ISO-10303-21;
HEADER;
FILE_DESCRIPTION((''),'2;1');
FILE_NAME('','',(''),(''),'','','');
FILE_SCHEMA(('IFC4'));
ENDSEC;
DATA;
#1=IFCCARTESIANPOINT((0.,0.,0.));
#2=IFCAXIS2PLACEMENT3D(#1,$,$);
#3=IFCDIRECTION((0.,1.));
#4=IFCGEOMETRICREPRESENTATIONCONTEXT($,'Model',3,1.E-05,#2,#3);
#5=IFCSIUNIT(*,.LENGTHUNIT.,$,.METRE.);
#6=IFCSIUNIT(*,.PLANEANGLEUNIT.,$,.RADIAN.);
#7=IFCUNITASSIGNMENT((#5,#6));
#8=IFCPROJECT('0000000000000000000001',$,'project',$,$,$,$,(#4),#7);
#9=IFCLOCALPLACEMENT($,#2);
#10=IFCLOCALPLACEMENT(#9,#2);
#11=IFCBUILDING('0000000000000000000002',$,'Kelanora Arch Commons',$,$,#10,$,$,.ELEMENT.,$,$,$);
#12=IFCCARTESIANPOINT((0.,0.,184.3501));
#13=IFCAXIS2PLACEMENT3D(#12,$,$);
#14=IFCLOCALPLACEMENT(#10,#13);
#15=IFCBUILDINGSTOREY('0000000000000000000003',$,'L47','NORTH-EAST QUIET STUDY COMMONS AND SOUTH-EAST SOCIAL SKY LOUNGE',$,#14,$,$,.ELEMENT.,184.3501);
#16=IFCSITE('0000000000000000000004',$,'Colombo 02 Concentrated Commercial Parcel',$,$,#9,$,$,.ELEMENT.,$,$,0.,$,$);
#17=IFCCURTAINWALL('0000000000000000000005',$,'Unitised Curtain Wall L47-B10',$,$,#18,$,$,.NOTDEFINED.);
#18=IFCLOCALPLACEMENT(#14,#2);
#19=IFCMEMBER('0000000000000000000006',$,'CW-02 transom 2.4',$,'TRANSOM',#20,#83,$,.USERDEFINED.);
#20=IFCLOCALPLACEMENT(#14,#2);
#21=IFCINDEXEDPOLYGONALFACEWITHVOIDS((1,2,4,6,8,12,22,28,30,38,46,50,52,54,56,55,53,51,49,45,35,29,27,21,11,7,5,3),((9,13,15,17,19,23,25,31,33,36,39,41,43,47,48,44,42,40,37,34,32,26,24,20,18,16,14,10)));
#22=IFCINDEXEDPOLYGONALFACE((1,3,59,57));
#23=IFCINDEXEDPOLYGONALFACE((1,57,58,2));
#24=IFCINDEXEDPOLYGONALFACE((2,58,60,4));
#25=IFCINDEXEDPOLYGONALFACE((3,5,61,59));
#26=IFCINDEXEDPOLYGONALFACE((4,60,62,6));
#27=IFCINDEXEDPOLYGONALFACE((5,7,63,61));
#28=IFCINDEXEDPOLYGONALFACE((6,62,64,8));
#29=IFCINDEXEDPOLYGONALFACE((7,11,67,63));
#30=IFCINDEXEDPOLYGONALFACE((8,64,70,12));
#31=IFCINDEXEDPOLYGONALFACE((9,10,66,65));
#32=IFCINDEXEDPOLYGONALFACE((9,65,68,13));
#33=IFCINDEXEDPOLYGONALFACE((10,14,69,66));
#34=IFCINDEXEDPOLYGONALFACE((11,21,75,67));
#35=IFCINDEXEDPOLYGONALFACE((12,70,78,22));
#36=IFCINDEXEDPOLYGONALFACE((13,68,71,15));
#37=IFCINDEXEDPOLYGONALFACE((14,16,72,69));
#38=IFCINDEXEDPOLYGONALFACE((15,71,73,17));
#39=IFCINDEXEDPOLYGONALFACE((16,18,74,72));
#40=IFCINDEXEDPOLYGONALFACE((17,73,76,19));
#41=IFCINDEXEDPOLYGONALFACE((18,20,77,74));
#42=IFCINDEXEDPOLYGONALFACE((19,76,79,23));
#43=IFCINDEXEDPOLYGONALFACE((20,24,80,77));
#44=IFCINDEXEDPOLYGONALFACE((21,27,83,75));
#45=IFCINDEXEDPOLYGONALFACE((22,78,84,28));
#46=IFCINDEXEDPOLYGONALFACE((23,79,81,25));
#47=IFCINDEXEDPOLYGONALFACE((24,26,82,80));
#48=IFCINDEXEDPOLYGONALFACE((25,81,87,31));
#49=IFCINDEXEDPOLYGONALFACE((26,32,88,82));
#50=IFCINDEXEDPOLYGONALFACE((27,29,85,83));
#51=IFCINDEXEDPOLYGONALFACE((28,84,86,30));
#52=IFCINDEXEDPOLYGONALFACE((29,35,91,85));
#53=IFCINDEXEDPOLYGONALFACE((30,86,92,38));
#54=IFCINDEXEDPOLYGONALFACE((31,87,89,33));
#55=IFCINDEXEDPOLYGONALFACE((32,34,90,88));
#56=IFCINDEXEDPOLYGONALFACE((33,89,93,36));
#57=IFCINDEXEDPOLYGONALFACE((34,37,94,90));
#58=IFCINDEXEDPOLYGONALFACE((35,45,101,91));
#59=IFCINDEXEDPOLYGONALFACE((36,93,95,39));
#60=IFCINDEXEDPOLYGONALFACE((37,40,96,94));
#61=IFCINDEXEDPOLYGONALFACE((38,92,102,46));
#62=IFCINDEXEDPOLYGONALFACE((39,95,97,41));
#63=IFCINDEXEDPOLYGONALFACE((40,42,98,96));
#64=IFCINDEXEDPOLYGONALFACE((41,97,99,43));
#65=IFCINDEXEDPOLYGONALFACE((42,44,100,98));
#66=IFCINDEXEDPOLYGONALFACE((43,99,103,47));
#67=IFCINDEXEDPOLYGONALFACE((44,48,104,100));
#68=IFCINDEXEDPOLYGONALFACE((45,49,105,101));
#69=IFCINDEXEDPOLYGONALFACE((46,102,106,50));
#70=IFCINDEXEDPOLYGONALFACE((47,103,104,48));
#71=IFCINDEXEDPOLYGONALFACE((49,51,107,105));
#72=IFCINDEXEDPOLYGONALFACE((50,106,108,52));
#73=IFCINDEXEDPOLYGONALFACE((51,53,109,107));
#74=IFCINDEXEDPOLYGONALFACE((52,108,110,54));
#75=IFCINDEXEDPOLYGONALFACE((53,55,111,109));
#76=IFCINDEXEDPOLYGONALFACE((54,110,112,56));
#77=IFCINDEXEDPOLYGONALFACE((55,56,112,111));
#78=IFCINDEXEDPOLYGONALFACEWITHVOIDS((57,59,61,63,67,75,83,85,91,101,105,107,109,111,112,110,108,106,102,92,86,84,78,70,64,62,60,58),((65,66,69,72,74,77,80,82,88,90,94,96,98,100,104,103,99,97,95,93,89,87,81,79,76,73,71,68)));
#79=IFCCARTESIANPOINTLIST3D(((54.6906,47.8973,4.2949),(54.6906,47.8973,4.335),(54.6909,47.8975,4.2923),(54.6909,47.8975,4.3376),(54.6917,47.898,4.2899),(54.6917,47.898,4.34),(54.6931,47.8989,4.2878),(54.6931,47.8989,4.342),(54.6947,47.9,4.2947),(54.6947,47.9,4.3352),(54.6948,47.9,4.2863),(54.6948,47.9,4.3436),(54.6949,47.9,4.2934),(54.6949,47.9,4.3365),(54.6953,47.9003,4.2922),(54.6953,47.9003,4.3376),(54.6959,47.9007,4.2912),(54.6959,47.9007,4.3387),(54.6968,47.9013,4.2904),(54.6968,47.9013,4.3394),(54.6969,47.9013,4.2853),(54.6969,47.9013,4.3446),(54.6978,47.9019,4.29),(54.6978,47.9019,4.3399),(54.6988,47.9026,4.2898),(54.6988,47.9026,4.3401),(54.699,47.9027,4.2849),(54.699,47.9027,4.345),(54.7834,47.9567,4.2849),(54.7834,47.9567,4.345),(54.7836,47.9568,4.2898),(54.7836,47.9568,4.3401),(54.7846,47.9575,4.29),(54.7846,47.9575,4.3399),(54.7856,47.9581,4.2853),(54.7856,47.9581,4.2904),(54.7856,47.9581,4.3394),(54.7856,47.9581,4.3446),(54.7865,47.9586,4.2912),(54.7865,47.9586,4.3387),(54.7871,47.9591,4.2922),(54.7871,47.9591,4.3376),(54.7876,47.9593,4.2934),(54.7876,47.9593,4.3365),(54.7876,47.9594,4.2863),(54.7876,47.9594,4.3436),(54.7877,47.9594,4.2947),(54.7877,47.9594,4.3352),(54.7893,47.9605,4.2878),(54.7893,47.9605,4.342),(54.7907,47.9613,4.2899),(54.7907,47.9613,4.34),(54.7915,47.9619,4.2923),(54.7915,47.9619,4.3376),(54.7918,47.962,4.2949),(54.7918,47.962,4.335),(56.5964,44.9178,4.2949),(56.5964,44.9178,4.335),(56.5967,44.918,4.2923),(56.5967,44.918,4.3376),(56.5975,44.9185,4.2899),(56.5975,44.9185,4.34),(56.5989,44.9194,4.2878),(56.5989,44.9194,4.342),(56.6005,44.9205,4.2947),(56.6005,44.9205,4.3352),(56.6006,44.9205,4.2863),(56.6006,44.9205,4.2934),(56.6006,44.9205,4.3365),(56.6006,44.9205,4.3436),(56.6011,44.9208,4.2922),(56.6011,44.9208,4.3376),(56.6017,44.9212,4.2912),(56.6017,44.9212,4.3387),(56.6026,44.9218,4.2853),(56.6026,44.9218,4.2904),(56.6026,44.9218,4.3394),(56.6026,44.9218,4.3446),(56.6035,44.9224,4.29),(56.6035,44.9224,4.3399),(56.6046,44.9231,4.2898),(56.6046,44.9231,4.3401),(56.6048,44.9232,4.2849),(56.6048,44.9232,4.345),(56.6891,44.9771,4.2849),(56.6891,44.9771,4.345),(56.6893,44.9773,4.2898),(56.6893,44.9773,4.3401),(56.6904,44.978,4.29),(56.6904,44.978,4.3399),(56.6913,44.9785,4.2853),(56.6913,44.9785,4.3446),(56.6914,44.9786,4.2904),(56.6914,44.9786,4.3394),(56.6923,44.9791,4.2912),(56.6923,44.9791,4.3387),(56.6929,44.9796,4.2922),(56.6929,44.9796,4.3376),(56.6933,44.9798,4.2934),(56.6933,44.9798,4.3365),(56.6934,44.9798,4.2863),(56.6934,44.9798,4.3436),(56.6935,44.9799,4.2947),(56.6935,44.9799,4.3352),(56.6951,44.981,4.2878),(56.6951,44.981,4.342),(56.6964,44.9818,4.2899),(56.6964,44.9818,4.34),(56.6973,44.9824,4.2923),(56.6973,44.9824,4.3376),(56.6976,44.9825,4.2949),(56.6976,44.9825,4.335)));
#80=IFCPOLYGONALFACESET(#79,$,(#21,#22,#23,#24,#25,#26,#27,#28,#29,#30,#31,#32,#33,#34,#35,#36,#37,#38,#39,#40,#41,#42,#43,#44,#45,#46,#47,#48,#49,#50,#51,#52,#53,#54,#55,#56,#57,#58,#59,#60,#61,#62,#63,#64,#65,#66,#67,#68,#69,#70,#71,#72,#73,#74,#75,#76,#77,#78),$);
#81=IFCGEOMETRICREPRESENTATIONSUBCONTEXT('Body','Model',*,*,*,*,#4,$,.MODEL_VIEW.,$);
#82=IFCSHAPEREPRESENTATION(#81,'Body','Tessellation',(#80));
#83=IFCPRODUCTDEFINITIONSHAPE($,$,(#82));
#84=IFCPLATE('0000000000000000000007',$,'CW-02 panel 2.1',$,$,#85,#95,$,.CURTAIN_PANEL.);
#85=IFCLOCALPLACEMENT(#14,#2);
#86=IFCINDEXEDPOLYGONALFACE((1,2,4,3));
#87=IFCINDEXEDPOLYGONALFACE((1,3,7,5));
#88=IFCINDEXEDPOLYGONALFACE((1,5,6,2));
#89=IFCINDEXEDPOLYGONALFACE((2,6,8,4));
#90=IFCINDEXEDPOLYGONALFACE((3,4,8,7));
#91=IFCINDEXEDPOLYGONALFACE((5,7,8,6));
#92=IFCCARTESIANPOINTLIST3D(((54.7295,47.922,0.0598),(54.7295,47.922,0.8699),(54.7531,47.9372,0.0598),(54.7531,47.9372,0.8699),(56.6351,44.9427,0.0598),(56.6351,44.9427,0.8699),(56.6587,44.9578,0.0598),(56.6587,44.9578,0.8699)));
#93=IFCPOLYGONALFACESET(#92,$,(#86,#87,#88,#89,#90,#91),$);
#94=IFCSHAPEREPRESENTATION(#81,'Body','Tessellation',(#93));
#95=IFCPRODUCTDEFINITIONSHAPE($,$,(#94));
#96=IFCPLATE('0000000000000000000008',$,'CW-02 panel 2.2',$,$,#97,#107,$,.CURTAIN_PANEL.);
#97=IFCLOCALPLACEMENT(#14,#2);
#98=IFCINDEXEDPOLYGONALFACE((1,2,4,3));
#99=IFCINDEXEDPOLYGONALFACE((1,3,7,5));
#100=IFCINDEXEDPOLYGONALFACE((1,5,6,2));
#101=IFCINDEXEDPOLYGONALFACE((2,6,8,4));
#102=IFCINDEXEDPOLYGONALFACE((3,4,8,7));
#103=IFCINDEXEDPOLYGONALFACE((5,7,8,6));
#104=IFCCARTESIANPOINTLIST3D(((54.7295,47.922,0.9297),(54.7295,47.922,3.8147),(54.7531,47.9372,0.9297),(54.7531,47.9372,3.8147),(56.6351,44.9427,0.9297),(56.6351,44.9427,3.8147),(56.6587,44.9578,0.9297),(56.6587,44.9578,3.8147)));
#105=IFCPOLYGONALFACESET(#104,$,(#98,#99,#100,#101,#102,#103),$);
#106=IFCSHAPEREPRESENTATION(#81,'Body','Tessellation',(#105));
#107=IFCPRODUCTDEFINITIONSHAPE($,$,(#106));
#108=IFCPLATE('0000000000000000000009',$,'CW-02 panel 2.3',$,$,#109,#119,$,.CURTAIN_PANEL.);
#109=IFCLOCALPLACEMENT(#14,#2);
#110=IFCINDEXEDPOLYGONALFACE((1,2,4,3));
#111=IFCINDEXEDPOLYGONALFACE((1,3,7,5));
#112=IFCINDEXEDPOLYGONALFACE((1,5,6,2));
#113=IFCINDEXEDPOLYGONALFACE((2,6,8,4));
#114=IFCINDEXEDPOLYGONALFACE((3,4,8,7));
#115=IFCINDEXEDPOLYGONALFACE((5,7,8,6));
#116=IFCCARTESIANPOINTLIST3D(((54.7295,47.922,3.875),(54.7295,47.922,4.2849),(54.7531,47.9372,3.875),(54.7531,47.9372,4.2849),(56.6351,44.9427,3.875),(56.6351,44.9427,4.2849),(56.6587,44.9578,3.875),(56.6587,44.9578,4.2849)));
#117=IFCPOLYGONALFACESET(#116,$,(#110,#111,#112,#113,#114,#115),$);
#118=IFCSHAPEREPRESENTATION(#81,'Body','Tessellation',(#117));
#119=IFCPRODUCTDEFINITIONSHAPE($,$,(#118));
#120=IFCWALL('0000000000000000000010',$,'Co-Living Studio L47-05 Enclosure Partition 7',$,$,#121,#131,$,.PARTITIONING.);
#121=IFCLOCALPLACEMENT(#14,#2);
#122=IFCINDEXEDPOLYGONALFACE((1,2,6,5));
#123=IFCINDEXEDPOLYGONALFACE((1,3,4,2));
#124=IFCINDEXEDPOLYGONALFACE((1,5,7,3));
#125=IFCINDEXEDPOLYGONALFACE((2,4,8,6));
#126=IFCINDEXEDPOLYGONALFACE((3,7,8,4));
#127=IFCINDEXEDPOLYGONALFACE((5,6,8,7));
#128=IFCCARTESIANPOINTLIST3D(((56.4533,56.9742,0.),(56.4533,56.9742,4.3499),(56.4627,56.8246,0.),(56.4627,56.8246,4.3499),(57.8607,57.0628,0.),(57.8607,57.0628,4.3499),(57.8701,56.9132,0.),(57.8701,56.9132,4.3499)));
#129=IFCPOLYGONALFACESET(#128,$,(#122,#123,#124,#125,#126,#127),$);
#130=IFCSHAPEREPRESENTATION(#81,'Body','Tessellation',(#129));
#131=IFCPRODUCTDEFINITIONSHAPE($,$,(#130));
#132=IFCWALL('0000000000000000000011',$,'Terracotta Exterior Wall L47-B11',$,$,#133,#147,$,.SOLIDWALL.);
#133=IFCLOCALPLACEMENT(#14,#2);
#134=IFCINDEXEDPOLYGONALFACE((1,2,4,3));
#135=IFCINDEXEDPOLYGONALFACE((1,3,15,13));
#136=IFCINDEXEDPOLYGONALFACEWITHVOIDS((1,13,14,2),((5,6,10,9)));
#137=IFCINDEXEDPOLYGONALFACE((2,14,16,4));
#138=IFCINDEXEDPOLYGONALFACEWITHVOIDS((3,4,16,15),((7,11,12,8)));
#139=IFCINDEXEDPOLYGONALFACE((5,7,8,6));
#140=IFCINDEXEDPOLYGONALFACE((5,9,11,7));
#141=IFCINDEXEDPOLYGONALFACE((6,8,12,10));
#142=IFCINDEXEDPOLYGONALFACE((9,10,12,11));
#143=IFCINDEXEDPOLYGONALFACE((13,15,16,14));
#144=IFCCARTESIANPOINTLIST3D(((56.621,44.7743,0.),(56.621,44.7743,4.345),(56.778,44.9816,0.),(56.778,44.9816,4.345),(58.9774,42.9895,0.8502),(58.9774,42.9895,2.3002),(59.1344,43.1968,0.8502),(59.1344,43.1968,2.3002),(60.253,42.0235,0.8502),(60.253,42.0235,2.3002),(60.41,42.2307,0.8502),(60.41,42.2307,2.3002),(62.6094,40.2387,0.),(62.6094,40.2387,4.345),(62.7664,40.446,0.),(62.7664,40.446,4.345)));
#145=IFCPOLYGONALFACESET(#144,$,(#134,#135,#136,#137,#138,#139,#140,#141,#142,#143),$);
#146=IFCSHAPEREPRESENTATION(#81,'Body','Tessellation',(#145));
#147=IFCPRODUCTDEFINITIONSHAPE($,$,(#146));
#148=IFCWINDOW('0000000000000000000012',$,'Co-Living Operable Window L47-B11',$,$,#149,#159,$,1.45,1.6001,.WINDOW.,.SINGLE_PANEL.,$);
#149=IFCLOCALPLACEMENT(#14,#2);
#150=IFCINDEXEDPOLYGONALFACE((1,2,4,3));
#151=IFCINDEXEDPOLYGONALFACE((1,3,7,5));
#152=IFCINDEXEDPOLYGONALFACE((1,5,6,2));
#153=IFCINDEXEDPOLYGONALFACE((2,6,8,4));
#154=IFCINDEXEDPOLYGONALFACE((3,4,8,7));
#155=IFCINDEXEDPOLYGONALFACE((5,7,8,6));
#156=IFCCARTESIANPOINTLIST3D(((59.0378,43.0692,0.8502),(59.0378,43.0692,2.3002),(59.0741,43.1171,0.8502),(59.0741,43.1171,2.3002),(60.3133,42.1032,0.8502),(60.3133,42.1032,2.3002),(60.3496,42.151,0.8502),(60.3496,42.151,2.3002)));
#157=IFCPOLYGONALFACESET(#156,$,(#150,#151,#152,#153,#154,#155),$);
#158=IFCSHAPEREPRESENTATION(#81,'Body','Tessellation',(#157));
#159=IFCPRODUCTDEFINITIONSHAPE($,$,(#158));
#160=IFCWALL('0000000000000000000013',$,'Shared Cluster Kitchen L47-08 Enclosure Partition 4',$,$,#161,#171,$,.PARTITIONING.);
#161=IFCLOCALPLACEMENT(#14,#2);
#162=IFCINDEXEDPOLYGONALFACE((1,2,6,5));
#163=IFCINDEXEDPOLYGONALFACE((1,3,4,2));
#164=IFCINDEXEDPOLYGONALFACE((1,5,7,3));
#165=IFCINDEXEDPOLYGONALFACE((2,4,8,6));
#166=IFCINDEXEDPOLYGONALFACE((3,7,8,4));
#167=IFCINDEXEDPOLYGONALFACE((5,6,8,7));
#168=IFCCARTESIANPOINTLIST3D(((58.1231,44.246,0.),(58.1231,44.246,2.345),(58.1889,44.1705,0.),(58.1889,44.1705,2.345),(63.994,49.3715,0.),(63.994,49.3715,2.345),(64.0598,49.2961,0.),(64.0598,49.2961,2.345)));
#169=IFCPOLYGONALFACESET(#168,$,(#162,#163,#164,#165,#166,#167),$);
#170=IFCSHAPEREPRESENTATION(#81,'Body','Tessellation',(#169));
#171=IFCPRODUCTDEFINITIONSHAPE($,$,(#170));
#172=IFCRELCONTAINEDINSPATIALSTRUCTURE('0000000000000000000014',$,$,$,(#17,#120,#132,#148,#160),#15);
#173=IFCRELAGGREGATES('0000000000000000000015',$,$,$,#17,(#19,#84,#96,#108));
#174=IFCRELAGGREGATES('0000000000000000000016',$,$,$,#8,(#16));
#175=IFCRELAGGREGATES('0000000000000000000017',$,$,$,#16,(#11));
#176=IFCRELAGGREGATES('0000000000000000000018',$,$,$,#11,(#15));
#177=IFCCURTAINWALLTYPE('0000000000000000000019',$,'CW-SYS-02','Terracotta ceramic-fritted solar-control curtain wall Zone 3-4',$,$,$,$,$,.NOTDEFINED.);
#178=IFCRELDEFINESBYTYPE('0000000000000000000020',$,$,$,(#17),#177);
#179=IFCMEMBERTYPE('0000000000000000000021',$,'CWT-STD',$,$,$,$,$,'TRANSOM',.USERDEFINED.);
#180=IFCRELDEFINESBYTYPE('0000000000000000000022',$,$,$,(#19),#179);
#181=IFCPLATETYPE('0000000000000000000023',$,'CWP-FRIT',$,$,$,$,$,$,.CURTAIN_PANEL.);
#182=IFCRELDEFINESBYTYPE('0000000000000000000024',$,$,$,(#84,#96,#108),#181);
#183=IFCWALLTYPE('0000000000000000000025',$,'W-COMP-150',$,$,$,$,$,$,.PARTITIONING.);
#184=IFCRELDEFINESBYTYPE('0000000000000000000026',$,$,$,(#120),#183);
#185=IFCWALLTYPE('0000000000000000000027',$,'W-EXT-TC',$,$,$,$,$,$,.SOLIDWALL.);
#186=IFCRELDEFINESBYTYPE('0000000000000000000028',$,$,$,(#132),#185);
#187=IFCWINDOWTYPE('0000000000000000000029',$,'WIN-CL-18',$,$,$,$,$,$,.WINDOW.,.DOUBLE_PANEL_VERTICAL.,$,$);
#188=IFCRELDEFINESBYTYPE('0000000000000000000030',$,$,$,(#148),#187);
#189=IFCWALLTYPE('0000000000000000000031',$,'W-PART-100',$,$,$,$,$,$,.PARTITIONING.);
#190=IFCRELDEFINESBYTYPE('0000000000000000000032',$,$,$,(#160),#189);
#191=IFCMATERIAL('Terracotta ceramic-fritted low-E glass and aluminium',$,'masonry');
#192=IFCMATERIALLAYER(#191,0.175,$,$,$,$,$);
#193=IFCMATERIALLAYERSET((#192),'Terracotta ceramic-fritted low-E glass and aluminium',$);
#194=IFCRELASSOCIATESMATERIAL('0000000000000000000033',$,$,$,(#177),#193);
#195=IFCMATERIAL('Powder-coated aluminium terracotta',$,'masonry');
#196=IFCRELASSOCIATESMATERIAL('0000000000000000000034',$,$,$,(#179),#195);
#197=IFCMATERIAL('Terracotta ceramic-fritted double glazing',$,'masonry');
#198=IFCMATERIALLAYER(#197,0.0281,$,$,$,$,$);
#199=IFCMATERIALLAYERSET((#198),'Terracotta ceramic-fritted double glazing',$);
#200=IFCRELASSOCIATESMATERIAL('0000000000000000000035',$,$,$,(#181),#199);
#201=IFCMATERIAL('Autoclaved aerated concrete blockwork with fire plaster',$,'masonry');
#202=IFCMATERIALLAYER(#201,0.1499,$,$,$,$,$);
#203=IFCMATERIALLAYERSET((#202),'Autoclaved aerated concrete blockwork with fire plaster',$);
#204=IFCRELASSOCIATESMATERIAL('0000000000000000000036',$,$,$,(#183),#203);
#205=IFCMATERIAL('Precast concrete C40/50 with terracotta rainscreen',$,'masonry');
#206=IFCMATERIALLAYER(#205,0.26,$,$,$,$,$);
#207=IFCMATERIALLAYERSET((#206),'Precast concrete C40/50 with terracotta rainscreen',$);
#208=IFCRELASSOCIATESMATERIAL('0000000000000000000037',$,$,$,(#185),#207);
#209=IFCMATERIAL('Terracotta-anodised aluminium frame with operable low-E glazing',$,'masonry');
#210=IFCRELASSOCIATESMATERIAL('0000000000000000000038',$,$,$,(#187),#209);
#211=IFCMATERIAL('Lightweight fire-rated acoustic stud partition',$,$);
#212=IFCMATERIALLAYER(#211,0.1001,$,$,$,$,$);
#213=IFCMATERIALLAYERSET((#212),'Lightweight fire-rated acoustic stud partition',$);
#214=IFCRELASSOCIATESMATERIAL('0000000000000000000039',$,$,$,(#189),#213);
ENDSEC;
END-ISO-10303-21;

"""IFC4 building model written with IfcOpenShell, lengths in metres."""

from ifc_helpers import new_model, si_unit, direction, frame, frame_2d, origin, origin_2d, place, context, subcontext, project, spatial, rectangle, hollow_rectangle, extrude, source, transform, mapped, material, layer, layer_set, material_profile, profile_set, type_object, element, fill, aggregate, save


model = new_model("IFC4")

# Units and contexts
model_context = context("Model", 3, precision=1e-05, world=origin(), true_north=direction((0.0, 1.0)))
body_context = subcontext(model_context, "Body", "Model", "MODEL_VIEW")
ifc_project = project(units=[si_unit("LENGTHUNIT", "METRE"), si_unit("PLANEANGLEUNIT", "RADIAN")], contexts=[model_context])

# Site, building, storey
site_placement = place(None, origin())
site = spatial("IfcSite", under=ifc_project, at=site_placement, Name="Colombo 02 Concentrated Commercial Parcel", CompositionType="ELEMENT", RefElevation=0.0)
building_placement = place(site_placement, origin())
building = spatial("IfcBuilding", under=site, at=building_placement, Name="Kelanora Arch Commons", CompositionType="ELEMENT")
storey_placement = place(building_placement, frame((0.0, 0.0, 184.3501)))
storey = spatial("IfcBuildingStorey", under=building, at=storey_placement, Name="L47", Description="NORTH-EAST QUIET STUDY COMMONS AND SOUTH-EAST SOCIAL SKY LOUNGE", CompositionType="ELEMENT", Elevation=184.3501)

# Curtain wall, member, plates
ifc_material_1 = material(Name="Terracotta ceramic-fritted low-E glass and aluminium", Category="masonry")
ifc_layer_1 = layer(ifc_material_1, 0.175)
ifc_layer_set_1 = layer_set([ifc_layer_1], Name="Terracotta ceramic-fritted low-E glass and aluminium")
curtain_wall_type = type_object("IfcCurtainWallType", Name="CW-SYS-02", Description="Terracotta ceramic-fritted solar-control curtain wall Zone 3-4", PredefinedType="NOTDEFINED", material=ifc_layer_set_1)
curtain_wall_placement = place(storey_placement, origin())
curtain_wall = element("IfcCurtainWall", 1, at=curtain_wall_placement, inside=storey, type_object=curtain_wall_type, Name="Unitised Curtain Wall L47-B10", PredefinedType="NOTDEFINED")
ifc_material_2 = material(Name="Powder-coated aluminium terracotta", Category="masonry")
ifc_material_profile_1 = material_profile(ifc_material_2, hollow_rectangle(XDim=0.1201, YDim=0.0601, WallThickness=0.0049, InnerFilletRadius=0.0049, OuterFilletRadius=0.01, at=origin_2d()), Name="CWT120x60")
ifc_profile_set_1 = profile_set([ifc_material_profile_1], Name="Powder-coated aluminium terracotta")
member_type_1 = type_object("IfcMemberType", Name="CWT-STD", ElementType="TRANSOM", PredefinedType="USERDEFINED", material=ifc_profile_set_1)
member_1_placement = place(storey_placement, frame((54.7412, 47.9297, 4.3149), z_axis=(0.53883, -0.842414, 0.0), x_axis=(0.842414, 0.53883, 0.0)))
member_1 = element("IfcMember", 2, at=member_1_placement, type_object=member_type_1, Name="CW-02 transom 2.4", ObjectType="TRANSOM", PredefinedType="USERDEFINED", context=body_context, shape_type="SweptSolid", body=[
    extrude(hollow_rectangle(XDim=0.1201, YDim=0.0601, WallThickness=0.0049, InnerFilletRadius=0.0049, OuterFilletRadius=0.01, at=origin_2d()), origin(), (0.0, 0.0, 1.0), 3.5369),
])
ifc_material_3 = material(Name="Terracotta ceramic-fritted double glazing", Category="masonry")
ifc_layer_2 = layer(ifc_material_3, 0.0281)
ifc_layer_set_2 = layer_set([ifc_layer_2], Name="Terracotta ceramic-fritted double glazing")
plate_type = type_object("IfcPlateType", Name="CWP-FRIT", PredefinedType="CURTAIN_PANEL", material=ifc_layer_set_2)
shared_shape_1 = source(origin(), body_context, "Body", "SweptSolid", [
    extrude(rectangle(XDim=3.5366, YDim=0.0281, at=origin_2d()), origin(), (0.0, 0.0, 1.0), 0.8101),
])
plate_1_placement = place(storey_placement, frame((55.6941, 46.4399, 0.0598), z_axis=(0.0, 0.0, 1.0), x_axis=(0.538817, -0.842423, 0.0)))
plate_1 = element("IfcPlate", 3, at=plate_1_placement, type_object=plate_type, Name="CW-02 panel 2.1", PredefinedType="CURTAIN_PANEL", context=body_context, shape_type="MappedRepresentation", body=[
    mapped(shared_shape_1, transform((0.0, 0.0, 0.0), scale=1.0)),
])
shared_shape_2 = source(origin(), body_context, "Body", "SweptSolid", [
    extrude(rectangle(XDim=3.5366, YDim=0.0281, at=origin_2d()), origin(), (0.0, 0.0, 1.0), 2.885),
])
plate_2_placement = place(storey_placement, frame((55.6941, 46.4399, 0.9297), z_axis=(0.0, 0.0, 1.0), x_axis=(0.538817, -0.842423, 0.0)))
plate_2 = element("IfcPlate", 4, at=plate_2_placement, type_object=plate_type, Name="CW-02 panel 2.2", PredefinedType="CURTAIN_PANEL", context=body_context, shape_type="MappedRepresentation", body=[
    mapped(shared_shape_2, transform((0.0, 0.0, 0.0), scale=1.0)),
])
shared_shape_3 = source(origin(), body_context, "Body", "SweptSolid", [
    extrude(rectangle(XDim=3.5366, YDim=0.0281, at=origin_2d()), origin(), (0.0, 0.0, 1.0), 0.4099),
])
plate_3_placement = place(storey_placement, frame((55.6941, 46.4399, 3.875), z_axis=(0.0, 0.0, 1.0), x_axis=(0.538817, -0.842423, 0.0)))
plate_3 = element("IfcPlate", 5, at=plate_3_placement, type_object=plate_type, Name="CW-02 panel 2.3", PredefinedType="CURTAIN_PANEL", context=body_context, shape_type="MappedRepresentation", body=[
    mapped(shared_shape_3, transform((0.0, 0.0, 0.0), scale=1.0)),
])
aggregate(curtain_wall, [member_1, plate_1, plate_2, plate_3])

# Wall
ifc_material_4 = material(Name="Autoclaved aerated concrete blockwork with fire plaster", Category="masonry")
ifc_layer_3 = layer(ifc_material_4, 0.1499)
ifc_layer_set_3 = layer_set([ifc_layer_3], Name="Autoclaved aerated concrete blockwork with fire plaster")
wall_type_1 = type_object("IfcWallType", Name="W-COMP-150", PredefinedType="PARTITIONING", material=ifc_layer_set_3)
wall_1_placement = place(storey_placement, frame((56.458, 56.8994, 0.0), z_axis=(0.0, 0.0, 1.0), x_axis=(0.998024, 0.062842, 0.0)))
element("IfcWall", 6, at=wall_1_placement, inside=storey, type_object=wall_type_1, Name="Co-Living Studio L47-05 Enclosure Partition 7", PredefinedType="PARTITIONING", context=body_context, shape_type="SweptSolid", body=[
    extrude(rectangle(XDim=1.4102, YDim=0.1499, at=frame_2d((0.7051, 0.0))), origin(), (0.0, 0.0, 1.0), 4.3499),
])

# Wall, opening, window
ifc_material_5 = material(Name="Precast concrete C40/50 with terracotta rainscreen", Category="masonry")
ifc_layer_4 = layer(ifc_material_5, 0.26)
ifc_layer_set_4 = layer_set([ifc_layer_4], Name="Precast concrete C40/50 with terracotta rainscreen")
wall_type_2 = type_object("IfcWallType", Name="W-EXT-TC", PredefinedType="SOLIDWALL", material=ifc_layer_set_4)
wall_2_placement = place(storey_placement, frame((56.6995, 44.8779, 0.0), z_axis=(0.0, 0.0, 1.0), x_axis=(0.797164, -0.603763, 0.0)))
wall_2 = element("IfcWall", 7, at=wall_2_placement, inside=storey, type_object=wall_type_2, Name="Terracotta Exterior Wall L47-B11", PredefinedType="SOLIDWALL", context=body_context, shape_type="SweptSolid", body=[
    extrude(rectangle(XDim=7.5122, YDim=0.26, at=frame_2d((3.7561, 0.0))), origin(), (0.0, 0.0, 1.0), 4.345),
])
opening_1_placement = place(wall_2_placement, frame((2.9561, 0.0, 0.8501)))
opening_1 = element("IfcOpeningElement", 8, at=opening_1_placement, cuts=wall_2, PredefinedType="OPENING", context=body_context, shape_type="SweptSolid", body=[
    extrude(rectangle(XDim=1.6001, YDim=1.45, at=frame_2d((0.8, 0.7251))), frame((0.0, 0.1401, 0.0), z_axis=(0.0, -1.0, 0.0), x_axis=(1.0, 0.0, 0.0)), (0.0, 0.0, 1.0), 0.28),
])
ifc_material_6 = material(Name="Terracotta-anodised aluminium frame with operable low-E glazing", Category="masonry")
window_type = type_object("IfcWindowType", Name="WIN-CL-18", PartitioningType="DOUBLE_PANEL_VERTICAL", PredefinedType="WINDOW", material=ifc_material_6)
window_placement = place(opening_1_placement, origin())
window = element("IfcWindow", 9, at=window_placement, inside=storey, type_object=window_type, Name="Co-Living Operable Window L47-B11", OverallHeight=1.45, OverallWidth=1.6001, PartitioningType="SINGLE_PANEL", PredefinedType="WINDOW", context=body_context, shape_type="SweptSolid", body=[
    extrude(rectangle(XDim=1.6001, YDim=1.45, at=frame_2d((0.8, 0.7251))), frame((0.0, 0.03, 0.0), z_axis=(0.0, -1.0, 0.0), x_axis=(1.0, 0.0, 0.0)), (0.0, 0.0, 1.0), 0.0601),
])
fill(opening_1, window)

# Wall
ifc_material_7 = material(Name="Lightweight fire-rated acoustic stud partition")
ifc_layer_5 = layer(ifc_material_7, 0.1001)
ifc_layer_set_5 = layer_set([ifc_layer_5], Name="Lightweight fire-rated acoustic stud partition")
wall_type_3 = type_object("IfcWallType", Name="W-PART-100", PredefinedType="PARTITIONING", material=ifc_layer_set_5)
wall_3_placement = place(storey_placement, frame((58.156, 44.2083, 0.0), z_axis=(0.0, 0.0, 1.0), x_axis=(0.753308, 0.657668, 0.0)))
element("IfcWall", 10, at=wall_3_placement, inside=storey, type_object=wall_type_3, Name="Shared Cluster Kitchen L47-08 Enclosure Partition 4", PredefinedType="PARTITIONING", context=body_context, shape_type="SweptSolid", body=[
    extrude(rectangle(XDim=7.7935, YDim=0.1001, at=frame_2d((3.8967, 0.0))), origin(), (0.0, 0.0, 1.0), 2.345),
])

save(model, "model.ifc")
